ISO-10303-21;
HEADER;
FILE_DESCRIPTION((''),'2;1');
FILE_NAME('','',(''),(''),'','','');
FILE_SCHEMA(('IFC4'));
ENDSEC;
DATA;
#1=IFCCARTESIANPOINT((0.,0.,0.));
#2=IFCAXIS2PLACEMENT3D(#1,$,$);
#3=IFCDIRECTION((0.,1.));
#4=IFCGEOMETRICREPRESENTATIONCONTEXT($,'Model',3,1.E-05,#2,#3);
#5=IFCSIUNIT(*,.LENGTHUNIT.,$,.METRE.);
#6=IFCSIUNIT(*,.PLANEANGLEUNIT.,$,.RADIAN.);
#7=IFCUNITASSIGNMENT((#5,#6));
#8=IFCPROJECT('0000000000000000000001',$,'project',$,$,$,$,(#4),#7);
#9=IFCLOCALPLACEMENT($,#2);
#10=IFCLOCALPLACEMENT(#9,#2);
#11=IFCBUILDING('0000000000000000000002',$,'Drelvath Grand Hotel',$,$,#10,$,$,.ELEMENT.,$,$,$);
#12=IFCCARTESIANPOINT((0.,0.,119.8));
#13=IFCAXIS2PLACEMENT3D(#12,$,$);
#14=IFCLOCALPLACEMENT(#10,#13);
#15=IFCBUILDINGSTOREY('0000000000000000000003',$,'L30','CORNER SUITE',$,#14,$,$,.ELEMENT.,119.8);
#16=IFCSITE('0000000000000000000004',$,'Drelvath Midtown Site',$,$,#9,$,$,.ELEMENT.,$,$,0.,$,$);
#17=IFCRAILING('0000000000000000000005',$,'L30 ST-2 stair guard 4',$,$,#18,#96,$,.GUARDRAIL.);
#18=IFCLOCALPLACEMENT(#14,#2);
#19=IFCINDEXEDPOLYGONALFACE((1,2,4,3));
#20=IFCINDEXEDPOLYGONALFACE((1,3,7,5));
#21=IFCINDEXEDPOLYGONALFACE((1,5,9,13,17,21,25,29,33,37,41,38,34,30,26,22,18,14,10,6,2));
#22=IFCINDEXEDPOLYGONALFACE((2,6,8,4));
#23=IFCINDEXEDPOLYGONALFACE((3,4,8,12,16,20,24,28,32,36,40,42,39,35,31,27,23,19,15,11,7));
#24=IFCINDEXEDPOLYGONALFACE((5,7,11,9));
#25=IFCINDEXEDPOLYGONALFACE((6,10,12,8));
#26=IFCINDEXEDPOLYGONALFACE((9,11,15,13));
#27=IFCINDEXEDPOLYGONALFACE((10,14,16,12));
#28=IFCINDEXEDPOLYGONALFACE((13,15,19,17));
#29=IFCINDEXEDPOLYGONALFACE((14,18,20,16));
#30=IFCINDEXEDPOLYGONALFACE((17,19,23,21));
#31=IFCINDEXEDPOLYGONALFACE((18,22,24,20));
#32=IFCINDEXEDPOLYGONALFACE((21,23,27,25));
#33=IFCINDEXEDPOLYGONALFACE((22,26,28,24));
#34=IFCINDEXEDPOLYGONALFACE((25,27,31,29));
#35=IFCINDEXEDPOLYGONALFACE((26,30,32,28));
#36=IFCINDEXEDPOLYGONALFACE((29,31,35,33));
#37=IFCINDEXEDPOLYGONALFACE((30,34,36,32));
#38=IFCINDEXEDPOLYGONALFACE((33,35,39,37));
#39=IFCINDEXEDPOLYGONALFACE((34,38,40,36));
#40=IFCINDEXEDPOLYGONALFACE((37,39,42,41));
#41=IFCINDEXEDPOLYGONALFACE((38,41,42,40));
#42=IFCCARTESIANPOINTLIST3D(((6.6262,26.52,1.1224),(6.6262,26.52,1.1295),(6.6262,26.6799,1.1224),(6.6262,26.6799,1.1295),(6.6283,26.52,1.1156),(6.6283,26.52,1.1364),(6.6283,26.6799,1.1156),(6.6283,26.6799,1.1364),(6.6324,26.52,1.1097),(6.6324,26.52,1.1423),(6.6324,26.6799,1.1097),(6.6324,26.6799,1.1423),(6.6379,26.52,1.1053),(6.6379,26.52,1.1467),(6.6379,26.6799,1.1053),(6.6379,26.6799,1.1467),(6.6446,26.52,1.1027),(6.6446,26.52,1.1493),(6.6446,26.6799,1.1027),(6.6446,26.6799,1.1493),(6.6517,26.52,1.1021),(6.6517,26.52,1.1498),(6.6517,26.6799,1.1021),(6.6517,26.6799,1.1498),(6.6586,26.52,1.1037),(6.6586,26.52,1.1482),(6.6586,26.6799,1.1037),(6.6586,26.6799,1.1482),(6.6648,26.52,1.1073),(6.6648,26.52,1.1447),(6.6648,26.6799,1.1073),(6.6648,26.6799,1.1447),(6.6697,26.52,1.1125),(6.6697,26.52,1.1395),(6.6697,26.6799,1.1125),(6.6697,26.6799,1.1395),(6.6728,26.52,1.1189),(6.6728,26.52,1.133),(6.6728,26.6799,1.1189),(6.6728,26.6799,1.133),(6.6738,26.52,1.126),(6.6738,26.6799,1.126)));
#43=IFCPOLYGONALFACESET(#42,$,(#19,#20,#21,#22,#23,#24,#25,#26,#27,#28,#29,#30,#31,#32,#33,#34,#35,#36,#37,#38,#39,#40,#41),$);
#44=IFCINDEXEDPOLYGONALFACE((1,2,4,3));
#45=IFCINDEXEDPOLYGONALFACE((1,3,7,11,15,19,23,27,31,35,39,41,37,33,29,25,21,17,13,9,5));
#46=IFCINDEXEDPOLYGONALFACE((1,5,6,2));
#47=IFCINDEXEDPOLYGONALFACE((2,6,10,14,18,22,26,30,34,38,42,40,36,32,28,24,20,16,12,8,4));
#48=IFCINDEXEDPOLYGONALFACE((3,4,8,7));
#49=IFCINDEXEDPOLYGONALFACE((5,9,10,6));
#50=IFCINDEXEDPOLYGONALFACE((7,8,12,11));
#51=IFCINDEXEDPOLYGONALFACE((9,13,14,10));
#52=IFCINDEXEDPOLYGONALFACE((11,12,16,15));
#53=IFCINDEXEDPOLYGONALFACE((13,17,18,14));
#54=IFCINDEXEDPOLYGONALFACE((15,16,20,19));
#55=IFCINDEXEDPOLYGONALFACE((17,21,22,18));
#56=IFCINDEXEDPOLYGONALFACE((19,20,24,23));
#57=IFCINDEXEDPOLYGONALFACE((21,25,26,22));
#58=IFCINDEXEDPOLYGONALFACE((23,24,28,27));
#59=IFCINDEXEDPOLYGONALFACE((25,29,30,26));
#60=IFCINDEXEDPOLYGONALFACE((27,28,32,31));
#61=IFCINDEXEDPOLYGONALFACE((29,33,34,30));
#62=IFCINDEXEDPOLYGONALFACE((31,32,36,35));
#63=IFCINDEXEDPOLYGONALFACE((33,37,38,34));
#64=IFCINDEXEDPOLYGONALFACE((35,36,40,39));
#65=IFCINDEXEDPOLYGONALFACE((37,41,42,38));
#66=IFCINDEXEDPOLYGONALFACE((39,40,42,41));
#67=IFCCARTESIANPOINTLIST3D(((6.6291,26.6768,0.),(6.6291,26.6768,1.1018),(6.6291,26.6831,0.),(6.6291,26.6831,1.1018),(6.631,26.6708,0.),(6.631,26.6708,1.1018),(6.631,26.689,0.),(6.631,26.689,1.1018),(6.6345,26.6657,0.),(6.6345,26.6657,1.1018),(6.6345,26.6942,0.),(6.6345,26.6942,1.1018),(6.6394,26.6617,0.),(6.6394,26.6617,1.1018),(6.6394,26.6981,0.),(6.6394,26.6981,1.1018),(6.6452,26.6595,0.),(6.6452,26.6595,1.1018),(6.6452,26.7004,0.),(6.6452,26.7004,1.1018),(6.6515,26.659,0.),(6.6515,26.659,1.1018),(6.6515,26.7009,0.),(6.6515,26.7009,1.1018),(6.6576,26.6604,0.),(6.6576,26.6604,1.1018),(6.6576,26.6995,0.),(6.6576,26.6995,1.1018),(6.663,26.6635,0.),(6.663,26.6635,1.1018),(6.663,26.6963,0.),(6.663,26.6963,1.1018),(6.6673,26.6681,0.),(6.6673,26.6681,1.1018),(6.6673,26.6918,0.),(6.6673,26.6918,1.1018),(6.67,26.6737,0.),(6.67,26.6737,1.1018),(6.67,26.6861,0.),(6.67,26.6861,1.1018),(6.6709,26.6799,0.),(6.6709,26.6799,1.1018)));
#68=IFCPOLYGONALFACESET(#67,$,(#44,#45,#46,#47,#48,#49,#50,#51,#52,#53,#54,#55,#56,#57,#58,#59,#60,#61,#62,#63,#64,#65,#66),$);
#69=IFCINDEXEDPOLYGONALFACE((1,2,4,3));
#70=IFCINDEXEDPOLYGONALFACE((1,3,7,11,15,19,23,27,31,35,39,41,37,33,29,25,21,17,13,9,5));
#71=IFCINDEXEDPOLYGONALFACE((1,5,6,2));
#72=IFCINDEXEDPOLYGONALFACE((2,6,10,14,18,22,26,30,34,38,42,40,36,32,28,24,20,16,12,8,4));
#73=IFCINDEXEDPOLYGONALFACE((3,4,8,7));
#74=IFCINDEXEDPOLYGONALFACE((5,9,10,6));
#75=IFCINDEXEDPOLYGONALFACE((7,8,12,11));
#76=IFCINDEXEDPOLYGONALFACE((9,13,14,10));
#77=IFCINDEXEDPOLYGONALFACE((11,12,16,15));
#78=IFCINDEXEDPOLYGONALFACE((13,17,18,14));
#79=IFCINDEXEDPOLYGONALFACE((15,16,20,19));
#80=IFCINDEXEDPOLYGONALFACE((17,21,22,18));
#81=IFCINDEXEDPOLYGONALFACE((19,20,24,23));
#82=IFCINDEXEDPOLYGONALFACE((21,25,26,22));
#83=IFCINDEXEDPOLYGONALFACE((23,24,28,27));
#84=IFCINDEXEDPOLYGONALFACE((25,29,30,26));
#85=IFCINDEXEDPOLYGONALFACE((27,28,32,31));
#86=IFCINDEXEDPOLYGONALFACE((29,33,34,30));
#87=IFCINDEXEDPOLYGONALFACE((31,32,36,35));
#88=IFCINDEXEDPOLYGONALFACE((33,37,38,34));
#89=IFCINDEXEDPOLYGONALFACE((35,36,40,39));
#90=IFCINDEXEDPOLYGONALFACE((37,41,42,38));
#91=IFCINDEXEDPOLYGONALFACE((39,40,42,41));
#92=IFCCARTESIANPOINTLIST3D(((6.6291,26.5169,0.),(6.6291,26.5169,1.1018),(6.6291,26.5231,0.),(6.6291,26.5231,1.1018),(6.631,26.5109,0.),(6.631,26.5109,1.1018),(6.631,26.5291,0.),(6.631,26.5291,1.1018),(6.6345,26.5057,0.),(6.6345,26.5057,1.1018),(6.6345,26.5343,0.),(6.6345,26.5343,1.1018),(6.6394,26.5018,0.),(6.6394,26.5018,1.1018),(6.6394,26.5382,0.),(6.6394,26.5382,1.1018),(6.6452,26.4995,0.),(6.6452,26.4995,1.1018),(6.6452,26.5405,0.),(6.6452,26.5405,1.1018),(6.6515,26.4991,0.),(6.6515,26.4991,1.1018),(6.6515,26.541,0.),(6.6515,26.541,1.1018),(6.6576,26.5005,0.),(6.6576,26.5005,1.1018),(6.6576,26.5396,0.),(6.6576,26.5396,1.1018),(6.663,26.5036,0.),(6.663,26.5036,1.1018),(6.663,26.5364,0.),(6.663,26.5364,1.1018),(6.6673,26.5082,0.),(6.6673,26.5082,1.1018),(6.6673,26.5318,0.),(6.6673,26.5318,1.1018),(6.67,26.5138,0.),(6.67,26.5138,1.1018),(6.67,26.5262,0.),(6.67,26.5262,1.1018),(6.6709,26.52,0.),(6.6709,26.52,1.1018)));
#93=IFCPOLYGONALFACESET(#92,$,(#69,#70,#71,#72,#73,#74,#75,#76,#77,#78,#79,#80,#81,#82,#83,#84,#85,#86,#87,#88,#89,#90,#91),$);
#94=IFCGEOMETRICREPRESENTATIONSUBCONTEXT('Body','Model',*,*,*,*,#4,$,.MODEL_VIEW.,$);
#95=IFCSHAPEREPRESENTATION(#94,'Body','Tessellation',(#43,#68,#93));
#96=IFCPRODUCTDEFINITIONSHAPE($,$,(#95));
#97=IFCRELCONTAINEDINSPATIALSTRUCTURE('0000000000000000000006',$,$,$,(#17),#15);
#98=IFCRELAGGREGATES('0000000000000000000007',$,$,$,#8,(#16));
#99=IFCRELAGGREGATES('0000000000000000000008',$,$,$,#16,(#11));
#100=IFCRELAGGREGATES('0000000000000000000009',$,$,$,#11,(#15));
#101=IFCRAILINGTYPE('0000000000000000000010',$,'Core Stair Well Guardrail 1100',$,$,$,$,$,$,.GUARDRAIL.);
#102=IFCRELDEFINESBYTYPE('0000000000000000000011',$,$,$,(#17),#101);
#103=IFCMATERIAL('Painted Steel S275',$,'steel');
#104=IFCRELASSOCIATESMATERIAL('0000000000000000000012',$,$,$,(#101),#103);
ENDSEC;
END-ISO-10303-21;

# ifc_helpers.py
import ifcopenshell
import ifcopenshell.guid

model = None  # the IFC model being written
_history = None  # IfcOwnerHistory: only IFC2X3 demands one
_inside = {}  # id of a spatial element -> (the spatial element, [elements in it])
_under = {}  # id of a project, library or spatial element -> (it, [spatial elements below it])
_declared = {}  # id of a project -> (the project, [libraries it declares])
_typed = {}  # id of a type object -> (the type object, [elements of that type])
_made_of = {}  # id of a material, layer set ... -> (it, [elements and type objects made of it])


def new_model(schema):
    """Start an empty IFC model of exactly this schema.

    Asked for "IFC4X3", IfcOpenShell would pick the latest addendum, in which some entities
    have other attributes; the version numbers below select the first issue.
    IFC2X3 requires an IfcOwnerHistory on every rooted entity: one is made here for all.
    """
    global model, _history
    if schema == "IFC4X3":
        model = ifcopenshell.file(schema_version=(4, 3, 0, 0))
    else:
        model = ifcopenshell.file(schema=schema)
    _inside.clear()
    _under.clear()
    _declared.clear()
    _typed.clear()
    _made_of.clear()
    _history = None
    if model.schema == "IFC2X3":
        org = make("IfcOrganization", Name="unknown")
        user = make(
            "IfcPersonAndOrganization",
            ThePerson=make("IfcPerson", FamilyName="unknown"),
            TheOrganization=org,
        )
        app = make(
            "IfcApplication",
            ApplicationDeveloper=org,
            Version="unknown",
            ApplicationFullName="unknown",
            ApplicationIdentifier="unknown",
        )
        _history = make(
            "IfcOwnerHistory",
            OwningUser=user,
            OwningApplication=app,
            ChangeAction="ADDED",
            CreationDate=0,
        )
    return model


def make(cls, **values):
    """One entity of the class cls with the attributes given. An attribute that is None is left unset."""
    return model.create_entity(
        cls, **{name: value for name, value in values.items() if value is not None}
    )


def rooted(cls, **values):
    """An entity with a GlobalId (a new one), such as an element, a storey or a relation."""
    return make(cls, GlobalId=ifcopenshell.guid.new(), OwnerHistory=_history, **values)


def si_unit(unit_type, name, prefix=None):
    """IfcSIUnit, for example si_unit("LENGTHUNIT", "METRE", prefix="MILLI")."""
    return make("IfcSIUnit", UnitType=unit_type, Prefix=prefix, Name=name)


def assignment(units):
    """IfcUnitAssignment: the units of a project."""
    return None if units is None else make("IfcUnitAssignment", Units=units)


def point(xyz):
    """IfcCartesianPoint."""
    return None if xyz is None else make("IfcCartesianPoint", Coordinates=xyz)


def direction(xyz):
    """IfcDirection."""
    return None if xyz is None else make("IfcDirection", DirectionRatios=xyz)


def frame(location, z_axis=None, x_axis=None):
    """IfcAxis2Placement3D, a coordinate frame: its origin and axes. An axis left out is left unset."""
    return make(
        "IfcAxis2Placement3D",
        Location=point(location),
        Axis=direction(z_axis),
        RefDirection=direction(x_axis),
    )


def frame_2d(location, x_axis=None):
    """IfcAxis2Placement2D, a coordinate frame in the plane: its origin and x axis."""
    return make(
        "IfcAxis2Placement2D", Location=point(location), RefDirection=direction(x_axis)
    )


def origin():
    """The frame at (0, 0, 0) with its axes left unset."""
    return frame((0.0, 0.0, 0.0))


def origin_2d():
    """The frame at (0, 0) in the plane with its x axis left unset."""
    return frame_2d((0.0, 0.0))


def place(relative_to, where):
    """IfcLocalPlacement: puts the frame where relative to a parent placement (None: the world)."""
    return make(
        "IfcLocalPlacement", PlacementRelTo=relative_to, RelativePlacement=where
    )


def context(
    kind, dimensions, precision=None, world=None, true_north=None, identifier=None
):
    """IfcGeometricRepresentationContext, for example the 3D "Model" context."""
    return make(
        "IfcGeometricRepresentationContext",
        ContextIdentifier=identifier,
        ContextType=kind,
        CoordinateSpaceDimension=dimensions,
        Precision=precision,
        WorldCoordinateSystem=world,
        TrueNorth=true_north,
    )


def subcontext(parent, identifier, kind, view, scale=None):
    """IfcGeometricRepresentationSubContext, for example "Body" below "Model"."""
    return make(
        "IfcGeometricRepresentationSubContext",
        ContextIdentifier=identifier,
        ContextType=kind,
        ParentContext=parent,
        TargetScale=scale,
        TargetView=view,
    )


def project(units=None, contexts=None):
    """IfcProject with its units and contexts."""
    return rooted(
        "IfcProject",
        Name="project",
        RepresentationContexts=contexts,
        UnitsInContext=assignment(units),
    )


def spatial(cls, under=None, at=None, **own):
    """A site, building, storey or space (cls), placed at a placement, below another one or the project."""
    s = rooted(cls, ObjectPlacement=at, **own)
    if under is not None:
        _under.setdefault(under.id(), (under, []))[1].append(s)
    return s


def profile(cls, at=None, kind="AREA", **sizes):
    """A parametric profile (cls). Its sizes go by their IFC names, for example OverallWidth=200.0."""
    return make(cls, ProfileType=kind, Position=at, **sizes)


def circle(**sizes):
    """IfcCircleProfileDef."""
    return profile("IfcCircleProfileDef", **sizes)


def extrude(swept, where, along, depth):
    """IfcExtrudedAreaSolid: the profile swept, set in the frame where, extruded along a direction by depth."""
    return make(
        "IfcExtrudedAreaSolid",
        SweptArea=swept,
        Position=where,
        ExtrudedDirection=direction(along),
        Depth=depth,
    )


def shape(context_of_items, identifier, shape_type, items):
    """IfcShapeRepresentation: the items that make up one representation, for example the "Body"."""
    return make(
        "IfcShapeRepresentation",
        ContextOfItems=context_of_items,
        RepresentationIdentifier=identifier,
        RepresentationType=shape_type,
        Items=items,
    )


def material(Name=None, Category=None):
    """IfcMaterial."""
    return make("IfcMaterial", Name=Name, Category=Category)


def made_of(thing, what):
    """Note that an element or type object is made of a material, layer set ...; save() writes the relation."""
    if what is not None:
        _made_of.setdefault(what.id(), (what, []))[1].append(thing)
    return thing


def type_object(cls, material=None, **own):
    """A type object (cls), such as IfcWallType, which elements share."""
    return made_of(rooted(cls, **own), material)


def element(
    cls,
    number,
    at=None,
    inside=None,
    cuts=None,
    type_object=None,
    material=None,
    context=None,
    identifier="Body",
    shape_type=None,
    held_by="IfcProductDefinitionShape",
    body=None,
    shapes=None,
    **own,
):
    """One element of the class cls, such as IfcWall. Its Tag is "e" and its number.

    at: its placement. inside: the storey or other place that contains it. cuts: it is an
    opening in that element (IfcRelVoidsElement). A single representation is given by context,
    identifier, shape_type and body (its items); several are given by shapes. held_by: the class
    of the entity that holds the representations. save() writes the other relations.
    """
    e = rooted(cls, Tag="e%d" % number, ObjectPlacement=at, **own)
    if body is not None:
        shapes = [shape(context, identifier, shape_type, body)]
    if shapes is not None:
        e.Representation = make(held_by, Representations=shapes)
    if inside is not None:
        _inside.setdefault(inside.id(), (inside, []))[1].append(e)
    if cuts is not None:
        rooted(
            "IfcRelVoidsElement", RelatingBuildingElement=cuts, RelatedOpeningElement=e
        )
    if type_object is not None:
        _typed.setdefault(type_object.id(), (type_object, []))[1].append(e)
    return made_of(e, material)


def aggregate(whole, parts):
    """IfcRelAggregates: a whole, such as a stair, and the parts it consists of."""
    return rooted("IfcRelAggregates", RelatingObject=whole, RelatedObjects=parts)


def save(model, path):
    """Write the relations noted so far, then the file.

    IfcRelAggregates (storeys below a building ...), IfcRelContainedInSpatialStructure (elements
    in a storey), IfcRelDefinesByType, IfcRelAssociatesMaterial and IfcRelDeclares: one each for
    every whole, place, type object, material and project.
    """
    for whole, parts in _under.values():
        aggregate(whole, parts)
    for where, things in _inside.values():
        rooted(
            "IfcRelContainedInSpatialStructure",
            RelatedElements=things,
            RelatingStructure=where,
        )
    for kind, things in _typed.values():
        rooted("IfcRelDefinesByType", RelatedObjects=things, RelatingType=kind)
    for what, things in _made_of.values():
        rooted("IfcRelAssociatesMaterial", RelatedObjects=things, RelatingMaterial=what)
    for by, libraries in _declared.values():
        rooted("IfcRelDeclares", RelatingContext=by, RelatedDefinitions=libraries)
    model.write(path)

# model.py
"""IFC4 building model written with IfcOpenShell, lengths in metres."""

from ifc_helpers import new_model, si_unit, direction, frame, origin, origin_2d, place, context, subcontext, project, spatial, circle, extrude, material, type_object, element, save


model = new_model("IFC4")

# Units and contexts
model_context = context("Model", 3, precision=1e-05, world=origin(), true_north=direction((0.0, 1.0)))
body_context = subcontext(model_context, "Body", "Model", "MODEL_VIEW")
ifc_project = project(units=[si_unit("LENGTHUNIT", "METRE"), si_unit("PLANEANGLEUNIT", "RADIAN")], contexts=[model_context])

# Site, building, storey
site_placement = place(None, origin())
site = spatial("IfcSite", under=ifc_project, at=site_placement, Name="Drelvath Midtown Site", CompositionType="ELEMENT", RefElevation=0.0)
building_placement = place(site_placement, origin())
building = spatial("IfcBuilding", under=site, at=building_placement, Name="Drelvath Grand Hotel", CompositionType="ELEMENT")
storey_placement = place(building_placement, frame((0.0, 0.0, 119.8)))
storey = spatial("IfcBuildingStorey", under=building, at=storey_placement, Name="L30", Description="CORNER SUITE", CompositionType="ELEMENT", Elevation=119.8)

# Railing
ifc_material_1 = material(Name="Painted Steel S275", Category="steel")
railing_type_1 = type_object("IfcRailingType", Name="Core Stair Well Guardrail 1100", PredefinedType="GUARDRAIL", material=ifc_material_1)
railing_1_placement = place(storey_placement, frame((6.6499, 26.6799, 0.0)))
element("IfcRailing", 1, at=railing_1_placement, inside=storey, type_object=railing_type_1, Name="L30 ST-2 stair guard 4", PredefinedType="GUARDRAIL", context=body_context, shape_type="SweptSolid", body=[
    extrude(circle(Radius=0.0239, at=origin_2d()), frame((0.0, 0.0, 1.126), z_axis=(0.0, -1.0, 0.0), x_axis=(1.0, 0.0, 0.0)), (0.0, 0.0, 1.0), 0.1599),
    extrude(circle(Radius=0.021, at=origin_2d()), origin(), (0.0, 0.0, 1.0), 1.1018),
    extrude(circle(Radius=0.021, at=origin_2d()), frame((0.0, -0.1599, 0.0)), (0.0, 0.0, 1.0), 1.1018),
])

save(model, "model.ifc")
